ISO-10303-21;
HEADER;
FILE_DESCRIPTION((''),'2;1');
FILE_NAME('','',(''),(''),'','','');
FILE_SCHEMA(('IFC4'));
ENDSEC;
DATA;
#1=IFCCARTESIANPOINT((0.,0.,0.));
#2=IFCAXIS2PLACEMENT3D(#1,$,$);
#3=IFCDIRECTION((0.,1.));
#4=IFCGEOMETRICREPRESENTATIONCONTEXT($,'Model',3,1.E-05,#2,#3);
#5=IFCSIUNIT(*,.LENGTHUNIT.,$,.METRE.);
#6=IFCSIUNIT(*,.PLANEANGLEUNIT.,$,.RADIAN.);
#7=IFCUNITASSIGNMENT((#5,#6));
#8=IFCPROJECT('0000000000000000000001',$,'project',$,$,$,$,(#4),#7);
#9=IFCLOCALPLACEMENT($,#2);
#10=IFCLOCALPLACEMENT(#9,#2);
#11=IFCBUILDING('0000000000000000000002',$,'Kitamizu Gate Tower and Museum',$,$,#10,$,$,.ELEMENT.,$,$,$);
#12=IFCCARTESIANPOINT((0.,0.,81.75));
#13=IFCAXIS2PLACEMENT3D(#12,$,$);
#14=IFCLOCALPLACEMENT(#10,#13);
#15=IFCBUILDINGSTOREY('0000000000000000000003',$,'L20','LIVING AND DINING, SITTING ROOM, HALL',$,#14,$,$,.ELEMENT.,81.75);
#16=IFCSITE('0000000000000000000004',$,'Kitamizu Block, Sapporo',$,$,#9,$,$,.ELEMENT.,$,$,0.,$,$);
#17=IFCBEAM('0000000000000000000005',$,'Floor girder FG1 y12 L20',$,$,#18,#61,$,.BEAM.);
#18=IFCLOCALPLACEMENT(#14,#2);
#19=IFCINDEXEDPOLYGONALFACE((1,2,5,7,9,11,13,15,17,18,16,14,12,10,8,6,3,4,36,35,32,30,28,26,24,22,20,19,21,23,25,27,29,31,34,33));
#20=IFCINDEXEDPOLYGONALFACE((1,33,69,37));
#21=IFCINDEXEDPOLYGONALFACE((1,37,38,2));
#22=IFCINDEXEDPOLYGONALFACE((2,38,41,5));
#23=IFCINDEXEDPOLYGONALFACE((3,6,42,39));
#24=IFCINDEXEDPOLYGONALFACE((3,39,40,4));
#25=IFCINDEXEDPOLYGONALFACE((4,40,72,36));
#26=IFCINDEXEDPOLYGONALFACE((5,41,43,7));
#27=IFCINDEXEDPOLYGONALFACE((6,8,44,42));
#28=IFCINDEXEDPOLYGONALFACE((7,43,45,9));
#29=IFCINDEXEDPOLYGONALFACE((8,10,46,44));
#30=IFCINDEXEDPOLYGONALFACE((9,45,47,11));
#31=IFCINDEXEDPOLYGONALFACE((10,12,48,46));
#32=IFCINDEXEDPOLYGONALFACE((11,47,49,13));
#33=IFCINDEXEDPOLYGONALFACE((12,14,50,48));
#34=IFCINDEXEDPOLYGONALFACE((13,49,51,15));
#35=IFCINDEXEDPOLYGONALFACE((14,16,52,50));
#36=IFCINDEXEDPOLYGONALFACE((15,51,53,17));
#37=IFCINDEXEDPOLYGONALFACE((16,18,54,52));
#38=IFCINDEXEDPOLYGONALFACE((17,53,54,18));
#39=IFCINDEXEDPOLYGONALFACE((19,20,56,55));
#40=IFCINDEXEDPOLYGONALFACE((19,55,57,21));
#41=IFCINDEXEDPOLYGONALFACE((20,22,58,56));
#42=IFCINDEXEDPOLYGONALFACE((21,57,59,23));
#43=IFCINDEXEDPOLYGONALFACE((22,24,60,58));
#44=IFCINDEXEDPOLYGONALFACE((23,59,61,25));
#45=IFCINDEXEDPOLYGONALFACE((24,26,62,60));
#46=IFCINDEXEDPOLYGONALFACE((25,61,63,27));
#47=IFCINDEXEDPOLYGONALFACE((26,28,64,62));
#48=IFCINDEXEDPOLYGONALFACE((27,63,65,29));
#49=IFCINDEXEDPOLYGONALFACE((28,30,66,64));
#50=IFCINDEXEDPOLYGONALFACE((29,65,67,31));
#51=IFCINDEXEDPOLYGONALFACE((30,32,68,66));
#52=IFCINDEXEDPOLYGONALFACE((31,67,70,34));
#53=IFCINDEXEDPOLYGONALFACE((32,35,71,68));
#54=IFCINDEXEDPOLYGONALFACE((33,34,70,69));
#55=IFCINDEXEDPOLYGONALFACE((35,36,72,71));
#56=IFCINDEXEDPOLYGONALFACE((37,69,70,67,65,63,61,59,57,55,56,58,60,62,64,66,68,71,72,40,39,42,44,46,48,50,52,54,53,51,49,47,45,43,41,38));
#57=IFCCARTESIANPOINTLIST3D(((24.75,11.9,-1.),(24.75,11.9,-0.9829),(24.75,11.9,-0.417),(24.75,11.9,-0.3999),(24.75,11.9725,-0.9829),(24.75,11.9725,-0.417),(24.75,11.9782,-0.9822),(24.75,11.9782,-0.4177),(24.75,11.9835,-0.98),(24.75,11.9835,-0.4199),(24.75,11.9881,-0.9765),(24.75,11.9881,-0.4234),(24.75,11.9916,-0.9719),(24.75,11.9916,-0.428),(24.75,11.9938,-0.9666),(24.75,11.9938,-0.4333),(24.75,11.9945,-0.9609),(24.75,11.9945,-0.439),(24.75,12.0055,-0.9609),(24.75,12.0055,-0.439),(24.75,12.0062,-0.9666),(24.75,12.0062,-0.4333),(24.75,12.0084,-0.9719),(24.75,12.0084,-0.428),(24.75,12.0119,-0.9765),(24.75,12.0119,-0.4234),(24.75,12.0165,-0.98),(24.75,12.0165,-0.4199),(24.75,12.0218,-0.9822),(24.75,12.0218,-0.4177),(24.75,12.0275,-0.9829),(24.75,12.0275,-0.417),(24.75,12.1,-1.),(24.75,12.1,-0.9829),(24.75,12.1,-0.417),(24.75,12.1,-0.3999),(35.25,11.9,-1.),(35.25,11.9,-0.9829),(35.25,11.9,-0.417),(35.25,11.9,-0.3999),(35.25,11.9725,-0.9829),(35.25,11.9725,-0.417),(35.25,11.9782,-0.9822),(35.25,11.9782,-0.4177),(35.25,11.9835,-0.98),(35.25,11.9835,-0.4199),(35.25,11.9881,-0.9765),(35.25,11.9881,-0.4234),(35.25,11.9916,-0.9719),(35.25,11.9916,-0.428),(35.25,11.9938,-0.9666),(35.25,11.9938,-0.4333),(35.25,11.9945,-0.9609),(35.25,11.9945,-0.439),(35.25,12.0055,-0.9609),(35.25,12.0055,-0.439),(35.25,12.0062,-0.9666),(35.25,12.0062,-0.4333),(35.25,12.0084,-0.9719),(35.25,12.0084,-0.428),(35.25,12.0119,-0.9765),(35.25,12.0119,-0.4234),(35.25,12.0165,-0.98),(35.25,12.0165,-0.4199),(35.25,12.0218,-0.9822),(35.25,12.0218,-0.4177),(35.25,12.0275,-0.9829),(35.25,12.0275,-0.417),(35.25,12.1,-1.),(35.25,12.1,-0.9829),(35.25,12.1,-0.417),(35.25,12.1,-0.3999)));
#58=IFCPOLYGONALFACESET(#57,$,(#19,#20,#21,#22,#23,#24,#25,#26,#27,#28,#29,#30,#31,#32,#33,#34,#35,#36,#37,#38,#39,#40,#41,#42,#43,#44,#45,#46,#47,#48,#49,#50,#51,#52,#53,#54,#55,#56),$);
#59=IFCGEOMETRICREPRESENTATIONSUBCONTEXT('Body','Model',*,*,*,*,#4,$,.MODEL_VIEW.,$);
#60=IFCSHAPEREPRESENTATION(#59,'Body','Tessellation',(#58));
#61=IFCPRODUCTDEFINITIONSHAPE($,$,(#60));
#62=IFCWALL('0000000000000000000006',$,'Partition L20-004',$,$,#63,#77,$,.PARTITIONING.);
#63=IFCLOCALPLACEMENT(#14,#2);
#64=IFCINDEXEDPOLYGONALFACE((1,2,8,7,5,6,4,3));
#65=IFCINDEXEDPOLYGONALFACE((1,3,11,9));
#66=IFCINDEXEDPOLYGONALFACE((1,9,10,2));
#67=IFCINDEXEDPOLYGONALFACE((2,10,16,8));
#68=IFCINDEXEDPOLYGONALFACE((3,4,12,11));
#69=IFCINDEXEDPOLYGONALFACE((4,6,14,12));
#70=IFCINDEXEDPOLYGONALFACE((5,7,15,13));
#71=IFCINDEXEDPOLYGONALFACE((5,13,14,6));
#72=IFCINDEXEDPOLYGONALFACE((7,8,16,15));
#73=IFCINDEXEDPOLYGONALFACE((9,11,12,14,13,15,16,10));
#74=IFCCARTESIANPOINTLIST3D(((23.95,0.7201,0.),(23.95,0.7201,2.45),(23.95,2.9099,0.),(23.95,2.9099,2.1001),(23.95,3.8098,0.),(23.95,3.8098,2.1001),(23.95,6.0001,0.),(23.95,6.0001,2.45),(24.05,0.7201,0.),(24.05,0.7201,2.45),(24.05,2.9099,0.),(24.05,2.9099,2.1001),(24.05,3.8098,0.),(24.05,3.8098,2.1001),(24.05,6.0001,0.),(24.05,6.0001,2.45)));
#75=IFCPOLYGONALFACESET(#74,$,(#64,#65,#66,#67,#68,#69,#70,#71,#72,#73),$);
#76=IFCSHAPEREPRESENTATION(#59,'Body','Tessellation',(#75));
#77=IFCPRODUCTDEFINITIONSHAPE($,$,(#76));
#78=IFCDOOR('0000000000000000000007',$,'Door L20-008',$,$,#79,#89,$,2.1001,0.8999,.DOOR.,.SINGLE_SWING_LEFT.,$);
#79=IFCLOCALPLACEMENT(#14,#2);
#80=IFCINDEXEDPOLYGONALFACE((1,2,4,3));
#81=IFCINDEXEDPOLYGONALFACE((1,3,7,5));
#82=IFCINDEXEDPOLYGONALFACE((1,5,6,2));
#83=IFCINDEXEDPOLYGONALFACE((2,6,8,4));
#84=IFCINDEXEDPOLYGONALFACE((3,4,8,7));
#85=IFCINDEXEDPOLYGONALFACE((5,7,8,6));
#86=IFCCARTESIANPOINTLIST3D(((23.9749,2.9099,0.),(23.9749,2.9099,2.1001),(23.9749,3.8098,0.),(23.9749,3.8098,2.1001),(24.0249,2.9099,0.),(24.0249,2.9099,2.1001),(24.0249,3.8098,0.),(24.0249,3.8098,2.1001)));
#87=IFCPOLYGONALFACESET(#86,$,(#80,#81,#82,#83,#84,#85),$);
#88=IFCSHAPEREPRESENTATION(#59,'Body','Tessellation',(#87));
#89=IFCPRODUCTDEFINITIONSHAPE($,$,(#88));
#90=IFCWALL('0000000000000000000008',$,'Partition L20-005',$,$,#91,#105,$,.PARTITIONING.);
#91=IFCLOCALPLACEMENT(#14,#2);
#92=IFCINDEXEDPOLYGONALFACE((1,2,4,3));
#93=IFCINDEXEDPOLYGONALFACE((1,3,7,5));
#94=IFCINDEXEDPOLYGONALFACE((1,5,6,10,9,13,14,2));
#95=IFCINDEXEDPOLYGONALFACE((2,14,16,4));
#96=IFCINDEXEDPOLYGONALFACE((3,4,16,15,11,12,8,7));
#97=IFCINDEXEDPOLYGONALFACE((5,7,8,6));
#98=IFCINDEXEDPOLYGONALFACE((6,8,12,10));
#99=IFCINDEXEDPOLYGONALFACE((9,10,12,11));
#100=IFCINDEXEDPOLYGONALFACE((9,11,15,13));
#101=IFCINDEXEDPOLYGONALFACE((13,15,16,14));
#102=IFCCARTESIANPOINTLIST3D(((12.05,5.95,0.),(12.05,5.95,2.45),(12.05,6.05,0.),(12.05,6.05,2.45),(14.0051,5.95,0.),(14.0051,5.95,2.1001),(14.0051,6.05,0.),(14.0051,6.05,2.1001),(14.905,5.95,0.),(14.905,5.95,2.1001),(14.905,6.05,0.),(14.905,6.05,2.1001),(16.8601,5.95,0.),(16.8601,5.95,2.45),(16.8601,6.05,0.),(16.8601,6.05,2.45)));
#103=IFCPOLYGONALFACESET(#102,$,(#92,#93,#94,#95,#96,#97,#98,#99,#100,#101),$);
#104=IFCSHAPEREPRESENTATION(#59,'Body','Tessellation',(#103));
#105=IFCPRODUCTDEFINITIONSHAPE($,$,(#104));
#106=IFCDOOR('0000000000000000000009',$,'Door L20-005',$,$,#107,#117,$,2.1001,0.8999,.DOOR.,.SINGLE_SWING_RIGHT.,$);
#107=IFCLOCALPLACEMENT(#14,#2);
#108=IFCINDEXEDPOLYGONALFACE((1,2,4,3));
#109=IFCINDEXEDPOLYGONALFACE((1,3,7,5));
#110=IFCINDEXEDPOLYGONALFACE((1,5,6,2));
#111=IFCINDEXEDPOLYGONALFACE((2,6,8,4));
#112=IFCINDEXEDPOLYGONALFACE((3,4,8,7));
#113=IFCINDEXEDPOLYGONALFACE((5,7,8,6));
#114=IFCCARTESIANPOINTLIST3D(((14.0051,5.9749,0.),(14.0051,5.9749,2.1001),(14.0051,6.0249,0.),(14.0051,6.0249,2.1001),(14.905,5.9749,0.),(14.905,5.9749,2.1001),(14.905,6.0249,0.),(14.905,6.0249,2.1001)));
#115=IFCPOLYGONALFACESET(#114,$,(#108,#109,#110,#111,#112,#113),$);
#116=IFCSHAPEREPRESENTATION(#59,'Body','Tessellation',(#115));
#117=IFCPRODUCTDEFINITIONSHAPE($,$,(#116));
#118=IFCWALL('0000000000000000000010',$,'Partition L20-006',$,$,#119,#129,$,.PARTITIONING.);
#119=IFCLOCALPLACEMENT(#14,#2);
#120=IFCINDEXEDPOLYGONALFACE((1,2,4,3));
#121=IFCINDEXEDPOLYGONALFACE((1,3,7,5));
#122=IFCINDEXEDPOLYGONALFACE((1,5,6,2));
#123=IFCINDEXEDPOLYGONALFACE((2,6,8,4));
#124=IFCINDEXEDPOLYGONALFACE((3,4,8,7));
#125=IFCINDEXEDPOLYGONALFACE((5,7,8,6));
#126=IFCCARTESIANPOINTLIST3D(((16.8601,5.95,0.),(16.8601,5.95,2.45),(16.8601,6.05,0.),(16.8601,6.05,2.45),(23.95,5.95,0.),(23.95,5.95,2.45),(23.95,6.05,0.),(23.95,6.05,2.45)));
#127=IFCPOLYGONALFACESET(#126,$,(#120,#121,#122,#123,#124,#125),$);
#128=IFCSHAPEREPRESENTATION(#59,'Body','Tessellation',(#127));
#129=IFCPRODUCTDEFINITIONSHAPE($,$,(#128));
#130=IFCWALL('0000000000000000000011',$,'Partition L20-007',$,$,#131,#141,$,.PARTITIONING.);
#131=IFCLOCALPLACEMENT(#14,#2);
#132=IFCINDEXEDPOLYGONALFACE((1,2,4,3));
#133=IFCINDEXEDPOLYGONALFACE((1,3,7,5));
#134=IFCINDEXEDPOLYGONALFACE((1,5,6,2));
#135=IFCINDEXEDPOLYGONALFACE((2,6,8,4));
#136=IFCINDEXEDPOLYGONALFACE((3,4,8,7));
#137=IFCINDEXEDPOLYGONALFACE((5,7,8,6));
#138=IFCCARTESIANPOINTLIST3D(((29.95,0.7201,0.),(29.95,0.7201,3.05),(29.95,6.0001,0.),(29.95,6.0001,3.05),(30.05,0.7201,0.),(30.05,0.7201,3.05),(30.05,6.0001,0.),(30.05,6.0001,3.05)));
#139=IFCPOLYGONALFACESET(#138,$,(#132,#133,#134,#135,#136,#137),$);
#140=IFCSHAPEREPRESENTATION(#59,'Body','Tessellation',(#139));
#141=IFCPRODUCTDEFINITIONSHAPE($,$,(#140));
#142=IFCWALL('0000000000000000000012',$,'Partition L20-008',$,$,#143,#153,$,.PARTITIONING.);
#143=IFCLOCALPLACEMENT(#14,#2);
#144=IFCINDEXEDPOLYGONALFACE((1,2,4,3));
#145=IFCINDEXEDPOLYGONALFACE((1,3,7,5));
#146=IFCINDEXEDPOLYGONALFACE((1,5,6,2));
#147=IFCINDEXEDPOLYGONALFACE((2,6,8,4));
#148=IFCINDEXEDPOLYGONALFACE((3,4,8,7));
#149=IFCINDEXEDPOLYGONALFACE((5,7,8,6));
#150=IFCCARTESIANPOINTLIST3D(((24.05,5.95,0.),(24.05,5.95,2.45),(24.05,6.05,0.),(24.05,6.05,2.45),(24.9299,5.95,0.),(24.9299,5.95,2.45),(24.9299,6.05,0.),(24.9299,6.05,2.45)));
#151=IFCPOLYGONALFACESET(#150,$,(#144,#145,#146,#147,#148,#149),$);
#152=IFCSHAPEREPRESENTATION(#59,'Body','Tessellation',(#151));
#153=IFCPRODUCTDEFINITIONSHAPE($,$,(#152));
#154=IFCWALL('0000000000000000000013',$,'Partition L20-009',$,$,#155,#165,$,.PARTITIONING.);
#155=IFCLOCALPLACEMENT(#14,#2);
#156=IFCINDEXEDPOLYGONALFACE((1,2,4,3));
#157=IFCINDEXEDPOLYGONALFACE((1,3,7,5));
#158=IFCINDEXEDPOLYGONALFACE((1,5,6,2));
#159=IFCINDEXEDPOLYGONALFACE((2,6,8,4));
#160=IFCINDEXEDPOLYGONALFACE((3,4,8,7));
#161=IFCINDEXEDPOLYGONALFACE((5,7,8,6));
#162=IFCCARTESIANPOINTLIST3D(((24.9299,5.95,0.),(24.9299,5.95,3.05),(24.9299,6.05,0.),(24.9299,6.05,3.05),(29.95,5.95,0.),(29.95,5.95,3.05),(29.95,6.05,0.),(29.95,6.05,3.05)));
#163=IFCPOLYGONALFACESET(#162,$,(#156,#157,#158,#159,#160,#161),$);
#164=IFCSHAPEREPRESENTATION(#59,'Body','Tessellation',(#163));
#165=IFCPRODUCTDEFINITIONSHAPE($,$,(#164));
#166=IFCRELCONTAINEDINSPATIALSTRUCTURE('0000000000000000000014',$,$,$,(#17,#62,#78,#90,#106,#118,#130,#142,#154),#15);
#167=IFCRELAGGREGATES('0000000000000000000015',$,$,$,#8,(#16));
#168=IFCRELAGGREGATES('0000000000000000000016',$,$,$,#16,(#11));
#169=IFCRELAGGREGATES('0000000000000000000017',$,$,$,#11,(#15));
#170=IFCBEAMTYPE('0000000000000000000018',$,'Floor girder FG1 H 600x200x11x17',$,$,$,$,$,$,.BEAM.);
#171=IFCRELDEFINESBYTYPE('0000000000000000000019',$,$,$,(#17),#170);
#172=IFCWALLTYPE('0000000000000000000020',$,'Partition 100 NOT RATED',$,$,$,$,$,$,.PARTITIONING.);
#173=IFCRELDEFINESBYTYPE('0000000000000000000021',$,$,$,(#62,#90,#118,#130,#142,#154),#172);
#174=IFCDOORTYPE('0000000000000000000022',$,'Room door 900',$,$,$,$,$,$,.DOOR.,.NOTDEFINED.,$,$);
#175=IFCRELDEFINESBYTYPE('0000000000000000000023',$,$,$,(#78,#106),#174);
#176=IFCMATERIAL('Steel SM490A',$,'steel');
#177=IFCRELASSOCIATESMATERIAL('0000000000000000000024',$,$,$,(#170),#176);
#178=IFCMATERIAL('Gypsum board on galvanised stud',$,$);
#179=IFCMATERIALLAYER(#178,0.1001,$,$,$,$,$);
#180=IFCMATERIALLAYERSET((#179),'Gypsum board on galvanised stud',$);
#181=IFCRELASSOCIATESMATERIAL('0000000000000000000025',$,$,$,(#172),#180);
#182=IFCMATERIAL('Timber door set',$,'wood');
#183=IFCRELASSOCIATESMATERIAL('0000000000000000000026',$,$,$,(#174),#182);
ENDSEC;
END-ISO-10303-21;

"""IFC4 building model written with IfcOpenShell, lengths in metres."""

from ifc_helpers import new_model, si_unit, direction, frame, frame_2d, origin, origin_2d, place, context, subcontext, project, spatial, rectangle, i_section, extrude, material, layer, layer_set, material_profile, profile_set, type_object, element, fill, save


model = new_model("IFC4")

# Units and contexts
model_context = context("Model", 3, precision=1e-05, world=origin(), true_north=direction((0.0, 1.0)))
body_context = subcontext(model_context, "Body", "Model", "MODEL_VIEW")
ifc_project = project(units=[si_unit("LENGTHUNIT", "METRE"), si_unit("PLANEANGLEUNIT", "RADIAN")], contexts=[model_context])

# Site, building, storey
site_placement = place(None, origin())
site = spatial("IfcSite", under=ifc_project, at=site_placement, Name="Kitamizu Block, Sapporo", CompositionType="ELEMENT", RefElevation=0.0)
building_placement = place(site_placement, origin())
building = spatial("IfcBuilding", under=site, at=building_placement, Name="Kitamizu Gate Tower and Museum", CompositionType="ELEMENT")
storey_placement = place(building_placement, frame((0.0, 0.0, 81.75)))
storey = spatial("IfcBuildingStorey", under=building, at=storey_placement, Name="L20", Description="LIVING AND DINING, SITTING ROOM, HALL", CompositionType="ELEMENT", Elevation=81.75)

# Beam
ifc_material_1 = material(Name="Steel SM490A", Category="steel")
ifc_material_profile_1 = material_profile(ifc_material_1, i_section(OverallWidth=0.2, OverallDepth=0.6001, WebThickness=0.011, FlangeThickness=0.0171, FilletRadius=0.022, at=origin_2d()), Name="H-600x200x11x17")
ifc_profile_set_1 = profile_set([ifc_material_profile_1], Name="Steel SM490A")
beam_type_1 = type_object("IfcBeamType", Name="Floor girder FG1 H 600x200x11x17", PredefinedType="BEAM", material=ifc_profile_set_1)
beam_1_placement = place(storey_placement, frame((24.75, 12.0, -0.7), z_axis=(1.0, 0.0, 0.0), x_axis=(0.0, 1.0, 0.0)))
element("IfcBeam", 1, at=beam_1_placement, inside=storey, type_object=beam_type_1, Name="Floor girder FG1 y12 L20", PredefinedType="BEAM", context=body_context, shape_type="SweptSolid", body=[
    extrude(i_section(OverallWidth=0.2, OverallDepth=0.6001, WebThickness=0.011, FlangeThickness=0.0171, FilletRadius=0.022, at=origin_2d()), origin(), (0.0, 0.0, 1.0), 10.5),
])

# Walls, openings, doors
ifc_material_2 = material(Name="Gypsum board on galvanised stud")
ifc_layer_1 = layer(ifc_material_2, 0.1001)
ifc_layer_set_1 = layer_set([ifc_layer_1], Name="Gypsum board on galvanised stud")
wall_type_1 = type_object("IfcWallType", Name="Partition 100 NOT RATED", PredefinedType="PARTITIONING", material=ifc_layer_set_1)
wall_1_placement = place(storey_placement, frame((24.0, 0.72, 0.0), z_axis=(0.0, 0.0, 1.0), x_axis=(0.0, 1.0, 0.0)))
wall_1 = element("IfcWall", 2, at=wall_1_placement, inside=storey, type_object=wall_type_1, Name="Partition L20-004", PredefinedType="PARTITIONING", context=body_context, shape_type="SweptSolid", body=[
    extrude(rectangle(XDim=5.28, YDim=0.1001, at=frame_2d((2.6401, 0.0))), origin(), (0.0, 0.0, 1.0), 2.45),
])
opening_1_placement = place(wall_1_placement, frame((2.1899, 0.0, 0.0)))
opening_1 = element("IfcOpeningElement", 3, at=opening_1_placement, cuts=wall_1, PredefinedType="OPENING", context=body_context, shape_type="SweptSolid", body=[
    extrude(rectangle(XDim=0.8999, YDim=2.1001, at=frame_2d((0.45, 1.05))), frame((0.0, 0.0601, 0.0), z_axis=(0.0, -1.0, 0.0), x_axis=(1.0, 0.0, 0.0)), (0.0, 0.0, 1.0), 0.1201),
])
ifc_material_3 = material(Name="Timber door set", Category="wood")
door_type_1 = type_object("IfcDoorType", Name="Room door 900", OperationType="NOTDEFINED", PredefinedType="DOOR", material=ifc_material_3)
door_1_placement = place(opening_1_placement, frame((0.8999, 0.0, 0.0), x_axis=(-1.0, 0.0, 0.0)))
door_1 = element("IfcDoor", 4, at=door_1_placement, inside=storey, type_object=door_type_1, Name="Door L20-008", OperationType="SINGLE_SWING_LEFT", OverallHeight=2.1001, OverallWidth=0.8999, PredefinedType="DOOR", context=body_context, shape_type="SweptSolid", body=[
    extrude(rectangle(XDim=0.8999, YDim=2.1001, at=frame_2d((0.45, 1.05))), frame((0.0, 0.0249, 0.0), z_axis=(0.0, -1.0, 0.0), x_axis=(1.0, 0.0, 0.0)), (0.0, 0.0, 1.0), 0.05),
])
fill(opening_1, door_1)
wall_2_placement = place(storey_placement, frame((16.8601, 6.0, 0.0), z_axis=(0.0, 0.0, 1.0), x_axis=(-1.0, 0.0, 0.0)))
wall_2 = element("IfcWall", 5, at=wall_2_placement, inside=storey, type_object=wall_type_1, Name="Partition L20-005", PredefinedType="PARTITIONING", context=body_context, shape_type="SweptSolid", body=[
    extrude(rectangle(XDim=4.8101, YDim=0.1001, at=frame_2d((2.405, 0.0))), origin(), (0.0, 0.0, 1.0), 2.45),
])
opening_2_placement = place(wall_2_placement, frame((1.9551, 0.0, 0.0)))
opening_2 = element("IfcOpeningElement", 6, at=opening_2_placement, cuts=wall_2, PredefinedType="OPENING", context=body_context, shape_type="SweptSolid", body=[
    extrude(rectangle(XDim=0.8999, YDim=2.1001, at=frame_2d((0.45, 1.05))), frame((0.0, 0.0601, 0.0), z_axis=(0.0, -1.0, 0.0), x_axis=(1.0, 0.0, 0.0)), (0.0, 0.0, 1.0), 0.1201),
])
door_2_placement = place(opening_2_placement, frame((0.8999, 0.0, 0.0), x_axis=(-1.0, 0.0, 0.0)))
door_2 = element("IfcDoor", 7, at=door_2_placement, inside=storey, type_object=door_type_1, Name="Door L20-005", OperationType="SINGLE_SWING_RIGHT", OverallHeight=2.1001, OverallWidth=0.8999, PredefinedType="DOOR", context=body_context, shape_type="SweptSolid", body=[
    extrude(rectangle(XDim=0.8999, YDim=2.1001, at=frame_2d((0.45, 1.05))), frame((0.0, 0.0249, 0.0), z_axis=(0.0, -1.0, 0.0), x_axis=(1.0, 0.0, 0.0)), (0.0, 0.0, 1.0), 0.05),
])
fill(opening_2, door_2)

# Walls
wall_3_placement = place(storey_placement, frame((23.95, 6.0, 0.0), z_axis=(0.0, 0.0, 1.0), x_axis=(-1.0, 0.0, 0.0)))
element("IfcWall", 8, at=wall_3_placement, inside=storey, type_object=wall_type_1, Name="Partition L20-006", PredefinedType="PARTITIONING", context=body_context, shape_type="SweptSolid", body=[
    extrude(rectangle(XDim=7.0898, YDim=0.1001, at=frame_2d((3.5449, 0.0))), origin(), (0.0, 0.0, 1.0), 2.45),
])
wall_4_placement = place(storey_placement, frame((30.0, 0.72, 0.0), z_axis=(0.0, 0.0, 1.0), x_axis=(0.0, 1.0, 0.0)))
element("IfcWall", 9, at=wall_4_placement, inside=storey, type_object=wall_type_1, Name="Partition L20-007", PredefinedType="PARTITIONING", context=body_context, shape_type="SweptSolid", body=[
    extrude(rectangle(XDim=5.28, YDim=0.1001, at=frame_2d((2.6401, 0.0))), origin(), (0.0, 0.0, 1.0), 3.05),
])
wall_5_placement = place(storey_placement, frame((24.9299, 6.0, 0.0), z_axis=(0.0, 0.0, 1.0), x_axis=(-1.0, 0.0, 0.0)))
element("IfcWall", 10, at=wall_5_placement, inside=storey, type_object=wall_type_1, Name="Partition L20-008", PredefinedType="PARTITIONING", context=body_context, shape_type="SweptSolid", body=[
    extrude(rectangle(XDim=0.8799, YDim=0.1001, at=frame_2d((0.4399, 0.0))), origin(), (0.0, 0.0, 1.0), 2.45),
])
wall_6_placement = place(storey_placement, frame((29.95, 6.0, 0.0), z_axis=(0.0, 0.0, 1.0), x_axis=(-1.0, 0.0, 0.0)))
element("IfcWall", 11, at=wall_6_placement, inside=storey, type_object=wall_type_1, Name="Partition L20-009", PredefinedType="PARTITIONING", context=body_context, shape_type="SweptSolid", body=[
    extrude(rectangle(XDim=5.02, YDim=0.1001, at=frame_2d((2.51, 0.0))), origin(), (0.0, 0.0, 1.0), 3.05),
])

save(model, "model.ifc")
